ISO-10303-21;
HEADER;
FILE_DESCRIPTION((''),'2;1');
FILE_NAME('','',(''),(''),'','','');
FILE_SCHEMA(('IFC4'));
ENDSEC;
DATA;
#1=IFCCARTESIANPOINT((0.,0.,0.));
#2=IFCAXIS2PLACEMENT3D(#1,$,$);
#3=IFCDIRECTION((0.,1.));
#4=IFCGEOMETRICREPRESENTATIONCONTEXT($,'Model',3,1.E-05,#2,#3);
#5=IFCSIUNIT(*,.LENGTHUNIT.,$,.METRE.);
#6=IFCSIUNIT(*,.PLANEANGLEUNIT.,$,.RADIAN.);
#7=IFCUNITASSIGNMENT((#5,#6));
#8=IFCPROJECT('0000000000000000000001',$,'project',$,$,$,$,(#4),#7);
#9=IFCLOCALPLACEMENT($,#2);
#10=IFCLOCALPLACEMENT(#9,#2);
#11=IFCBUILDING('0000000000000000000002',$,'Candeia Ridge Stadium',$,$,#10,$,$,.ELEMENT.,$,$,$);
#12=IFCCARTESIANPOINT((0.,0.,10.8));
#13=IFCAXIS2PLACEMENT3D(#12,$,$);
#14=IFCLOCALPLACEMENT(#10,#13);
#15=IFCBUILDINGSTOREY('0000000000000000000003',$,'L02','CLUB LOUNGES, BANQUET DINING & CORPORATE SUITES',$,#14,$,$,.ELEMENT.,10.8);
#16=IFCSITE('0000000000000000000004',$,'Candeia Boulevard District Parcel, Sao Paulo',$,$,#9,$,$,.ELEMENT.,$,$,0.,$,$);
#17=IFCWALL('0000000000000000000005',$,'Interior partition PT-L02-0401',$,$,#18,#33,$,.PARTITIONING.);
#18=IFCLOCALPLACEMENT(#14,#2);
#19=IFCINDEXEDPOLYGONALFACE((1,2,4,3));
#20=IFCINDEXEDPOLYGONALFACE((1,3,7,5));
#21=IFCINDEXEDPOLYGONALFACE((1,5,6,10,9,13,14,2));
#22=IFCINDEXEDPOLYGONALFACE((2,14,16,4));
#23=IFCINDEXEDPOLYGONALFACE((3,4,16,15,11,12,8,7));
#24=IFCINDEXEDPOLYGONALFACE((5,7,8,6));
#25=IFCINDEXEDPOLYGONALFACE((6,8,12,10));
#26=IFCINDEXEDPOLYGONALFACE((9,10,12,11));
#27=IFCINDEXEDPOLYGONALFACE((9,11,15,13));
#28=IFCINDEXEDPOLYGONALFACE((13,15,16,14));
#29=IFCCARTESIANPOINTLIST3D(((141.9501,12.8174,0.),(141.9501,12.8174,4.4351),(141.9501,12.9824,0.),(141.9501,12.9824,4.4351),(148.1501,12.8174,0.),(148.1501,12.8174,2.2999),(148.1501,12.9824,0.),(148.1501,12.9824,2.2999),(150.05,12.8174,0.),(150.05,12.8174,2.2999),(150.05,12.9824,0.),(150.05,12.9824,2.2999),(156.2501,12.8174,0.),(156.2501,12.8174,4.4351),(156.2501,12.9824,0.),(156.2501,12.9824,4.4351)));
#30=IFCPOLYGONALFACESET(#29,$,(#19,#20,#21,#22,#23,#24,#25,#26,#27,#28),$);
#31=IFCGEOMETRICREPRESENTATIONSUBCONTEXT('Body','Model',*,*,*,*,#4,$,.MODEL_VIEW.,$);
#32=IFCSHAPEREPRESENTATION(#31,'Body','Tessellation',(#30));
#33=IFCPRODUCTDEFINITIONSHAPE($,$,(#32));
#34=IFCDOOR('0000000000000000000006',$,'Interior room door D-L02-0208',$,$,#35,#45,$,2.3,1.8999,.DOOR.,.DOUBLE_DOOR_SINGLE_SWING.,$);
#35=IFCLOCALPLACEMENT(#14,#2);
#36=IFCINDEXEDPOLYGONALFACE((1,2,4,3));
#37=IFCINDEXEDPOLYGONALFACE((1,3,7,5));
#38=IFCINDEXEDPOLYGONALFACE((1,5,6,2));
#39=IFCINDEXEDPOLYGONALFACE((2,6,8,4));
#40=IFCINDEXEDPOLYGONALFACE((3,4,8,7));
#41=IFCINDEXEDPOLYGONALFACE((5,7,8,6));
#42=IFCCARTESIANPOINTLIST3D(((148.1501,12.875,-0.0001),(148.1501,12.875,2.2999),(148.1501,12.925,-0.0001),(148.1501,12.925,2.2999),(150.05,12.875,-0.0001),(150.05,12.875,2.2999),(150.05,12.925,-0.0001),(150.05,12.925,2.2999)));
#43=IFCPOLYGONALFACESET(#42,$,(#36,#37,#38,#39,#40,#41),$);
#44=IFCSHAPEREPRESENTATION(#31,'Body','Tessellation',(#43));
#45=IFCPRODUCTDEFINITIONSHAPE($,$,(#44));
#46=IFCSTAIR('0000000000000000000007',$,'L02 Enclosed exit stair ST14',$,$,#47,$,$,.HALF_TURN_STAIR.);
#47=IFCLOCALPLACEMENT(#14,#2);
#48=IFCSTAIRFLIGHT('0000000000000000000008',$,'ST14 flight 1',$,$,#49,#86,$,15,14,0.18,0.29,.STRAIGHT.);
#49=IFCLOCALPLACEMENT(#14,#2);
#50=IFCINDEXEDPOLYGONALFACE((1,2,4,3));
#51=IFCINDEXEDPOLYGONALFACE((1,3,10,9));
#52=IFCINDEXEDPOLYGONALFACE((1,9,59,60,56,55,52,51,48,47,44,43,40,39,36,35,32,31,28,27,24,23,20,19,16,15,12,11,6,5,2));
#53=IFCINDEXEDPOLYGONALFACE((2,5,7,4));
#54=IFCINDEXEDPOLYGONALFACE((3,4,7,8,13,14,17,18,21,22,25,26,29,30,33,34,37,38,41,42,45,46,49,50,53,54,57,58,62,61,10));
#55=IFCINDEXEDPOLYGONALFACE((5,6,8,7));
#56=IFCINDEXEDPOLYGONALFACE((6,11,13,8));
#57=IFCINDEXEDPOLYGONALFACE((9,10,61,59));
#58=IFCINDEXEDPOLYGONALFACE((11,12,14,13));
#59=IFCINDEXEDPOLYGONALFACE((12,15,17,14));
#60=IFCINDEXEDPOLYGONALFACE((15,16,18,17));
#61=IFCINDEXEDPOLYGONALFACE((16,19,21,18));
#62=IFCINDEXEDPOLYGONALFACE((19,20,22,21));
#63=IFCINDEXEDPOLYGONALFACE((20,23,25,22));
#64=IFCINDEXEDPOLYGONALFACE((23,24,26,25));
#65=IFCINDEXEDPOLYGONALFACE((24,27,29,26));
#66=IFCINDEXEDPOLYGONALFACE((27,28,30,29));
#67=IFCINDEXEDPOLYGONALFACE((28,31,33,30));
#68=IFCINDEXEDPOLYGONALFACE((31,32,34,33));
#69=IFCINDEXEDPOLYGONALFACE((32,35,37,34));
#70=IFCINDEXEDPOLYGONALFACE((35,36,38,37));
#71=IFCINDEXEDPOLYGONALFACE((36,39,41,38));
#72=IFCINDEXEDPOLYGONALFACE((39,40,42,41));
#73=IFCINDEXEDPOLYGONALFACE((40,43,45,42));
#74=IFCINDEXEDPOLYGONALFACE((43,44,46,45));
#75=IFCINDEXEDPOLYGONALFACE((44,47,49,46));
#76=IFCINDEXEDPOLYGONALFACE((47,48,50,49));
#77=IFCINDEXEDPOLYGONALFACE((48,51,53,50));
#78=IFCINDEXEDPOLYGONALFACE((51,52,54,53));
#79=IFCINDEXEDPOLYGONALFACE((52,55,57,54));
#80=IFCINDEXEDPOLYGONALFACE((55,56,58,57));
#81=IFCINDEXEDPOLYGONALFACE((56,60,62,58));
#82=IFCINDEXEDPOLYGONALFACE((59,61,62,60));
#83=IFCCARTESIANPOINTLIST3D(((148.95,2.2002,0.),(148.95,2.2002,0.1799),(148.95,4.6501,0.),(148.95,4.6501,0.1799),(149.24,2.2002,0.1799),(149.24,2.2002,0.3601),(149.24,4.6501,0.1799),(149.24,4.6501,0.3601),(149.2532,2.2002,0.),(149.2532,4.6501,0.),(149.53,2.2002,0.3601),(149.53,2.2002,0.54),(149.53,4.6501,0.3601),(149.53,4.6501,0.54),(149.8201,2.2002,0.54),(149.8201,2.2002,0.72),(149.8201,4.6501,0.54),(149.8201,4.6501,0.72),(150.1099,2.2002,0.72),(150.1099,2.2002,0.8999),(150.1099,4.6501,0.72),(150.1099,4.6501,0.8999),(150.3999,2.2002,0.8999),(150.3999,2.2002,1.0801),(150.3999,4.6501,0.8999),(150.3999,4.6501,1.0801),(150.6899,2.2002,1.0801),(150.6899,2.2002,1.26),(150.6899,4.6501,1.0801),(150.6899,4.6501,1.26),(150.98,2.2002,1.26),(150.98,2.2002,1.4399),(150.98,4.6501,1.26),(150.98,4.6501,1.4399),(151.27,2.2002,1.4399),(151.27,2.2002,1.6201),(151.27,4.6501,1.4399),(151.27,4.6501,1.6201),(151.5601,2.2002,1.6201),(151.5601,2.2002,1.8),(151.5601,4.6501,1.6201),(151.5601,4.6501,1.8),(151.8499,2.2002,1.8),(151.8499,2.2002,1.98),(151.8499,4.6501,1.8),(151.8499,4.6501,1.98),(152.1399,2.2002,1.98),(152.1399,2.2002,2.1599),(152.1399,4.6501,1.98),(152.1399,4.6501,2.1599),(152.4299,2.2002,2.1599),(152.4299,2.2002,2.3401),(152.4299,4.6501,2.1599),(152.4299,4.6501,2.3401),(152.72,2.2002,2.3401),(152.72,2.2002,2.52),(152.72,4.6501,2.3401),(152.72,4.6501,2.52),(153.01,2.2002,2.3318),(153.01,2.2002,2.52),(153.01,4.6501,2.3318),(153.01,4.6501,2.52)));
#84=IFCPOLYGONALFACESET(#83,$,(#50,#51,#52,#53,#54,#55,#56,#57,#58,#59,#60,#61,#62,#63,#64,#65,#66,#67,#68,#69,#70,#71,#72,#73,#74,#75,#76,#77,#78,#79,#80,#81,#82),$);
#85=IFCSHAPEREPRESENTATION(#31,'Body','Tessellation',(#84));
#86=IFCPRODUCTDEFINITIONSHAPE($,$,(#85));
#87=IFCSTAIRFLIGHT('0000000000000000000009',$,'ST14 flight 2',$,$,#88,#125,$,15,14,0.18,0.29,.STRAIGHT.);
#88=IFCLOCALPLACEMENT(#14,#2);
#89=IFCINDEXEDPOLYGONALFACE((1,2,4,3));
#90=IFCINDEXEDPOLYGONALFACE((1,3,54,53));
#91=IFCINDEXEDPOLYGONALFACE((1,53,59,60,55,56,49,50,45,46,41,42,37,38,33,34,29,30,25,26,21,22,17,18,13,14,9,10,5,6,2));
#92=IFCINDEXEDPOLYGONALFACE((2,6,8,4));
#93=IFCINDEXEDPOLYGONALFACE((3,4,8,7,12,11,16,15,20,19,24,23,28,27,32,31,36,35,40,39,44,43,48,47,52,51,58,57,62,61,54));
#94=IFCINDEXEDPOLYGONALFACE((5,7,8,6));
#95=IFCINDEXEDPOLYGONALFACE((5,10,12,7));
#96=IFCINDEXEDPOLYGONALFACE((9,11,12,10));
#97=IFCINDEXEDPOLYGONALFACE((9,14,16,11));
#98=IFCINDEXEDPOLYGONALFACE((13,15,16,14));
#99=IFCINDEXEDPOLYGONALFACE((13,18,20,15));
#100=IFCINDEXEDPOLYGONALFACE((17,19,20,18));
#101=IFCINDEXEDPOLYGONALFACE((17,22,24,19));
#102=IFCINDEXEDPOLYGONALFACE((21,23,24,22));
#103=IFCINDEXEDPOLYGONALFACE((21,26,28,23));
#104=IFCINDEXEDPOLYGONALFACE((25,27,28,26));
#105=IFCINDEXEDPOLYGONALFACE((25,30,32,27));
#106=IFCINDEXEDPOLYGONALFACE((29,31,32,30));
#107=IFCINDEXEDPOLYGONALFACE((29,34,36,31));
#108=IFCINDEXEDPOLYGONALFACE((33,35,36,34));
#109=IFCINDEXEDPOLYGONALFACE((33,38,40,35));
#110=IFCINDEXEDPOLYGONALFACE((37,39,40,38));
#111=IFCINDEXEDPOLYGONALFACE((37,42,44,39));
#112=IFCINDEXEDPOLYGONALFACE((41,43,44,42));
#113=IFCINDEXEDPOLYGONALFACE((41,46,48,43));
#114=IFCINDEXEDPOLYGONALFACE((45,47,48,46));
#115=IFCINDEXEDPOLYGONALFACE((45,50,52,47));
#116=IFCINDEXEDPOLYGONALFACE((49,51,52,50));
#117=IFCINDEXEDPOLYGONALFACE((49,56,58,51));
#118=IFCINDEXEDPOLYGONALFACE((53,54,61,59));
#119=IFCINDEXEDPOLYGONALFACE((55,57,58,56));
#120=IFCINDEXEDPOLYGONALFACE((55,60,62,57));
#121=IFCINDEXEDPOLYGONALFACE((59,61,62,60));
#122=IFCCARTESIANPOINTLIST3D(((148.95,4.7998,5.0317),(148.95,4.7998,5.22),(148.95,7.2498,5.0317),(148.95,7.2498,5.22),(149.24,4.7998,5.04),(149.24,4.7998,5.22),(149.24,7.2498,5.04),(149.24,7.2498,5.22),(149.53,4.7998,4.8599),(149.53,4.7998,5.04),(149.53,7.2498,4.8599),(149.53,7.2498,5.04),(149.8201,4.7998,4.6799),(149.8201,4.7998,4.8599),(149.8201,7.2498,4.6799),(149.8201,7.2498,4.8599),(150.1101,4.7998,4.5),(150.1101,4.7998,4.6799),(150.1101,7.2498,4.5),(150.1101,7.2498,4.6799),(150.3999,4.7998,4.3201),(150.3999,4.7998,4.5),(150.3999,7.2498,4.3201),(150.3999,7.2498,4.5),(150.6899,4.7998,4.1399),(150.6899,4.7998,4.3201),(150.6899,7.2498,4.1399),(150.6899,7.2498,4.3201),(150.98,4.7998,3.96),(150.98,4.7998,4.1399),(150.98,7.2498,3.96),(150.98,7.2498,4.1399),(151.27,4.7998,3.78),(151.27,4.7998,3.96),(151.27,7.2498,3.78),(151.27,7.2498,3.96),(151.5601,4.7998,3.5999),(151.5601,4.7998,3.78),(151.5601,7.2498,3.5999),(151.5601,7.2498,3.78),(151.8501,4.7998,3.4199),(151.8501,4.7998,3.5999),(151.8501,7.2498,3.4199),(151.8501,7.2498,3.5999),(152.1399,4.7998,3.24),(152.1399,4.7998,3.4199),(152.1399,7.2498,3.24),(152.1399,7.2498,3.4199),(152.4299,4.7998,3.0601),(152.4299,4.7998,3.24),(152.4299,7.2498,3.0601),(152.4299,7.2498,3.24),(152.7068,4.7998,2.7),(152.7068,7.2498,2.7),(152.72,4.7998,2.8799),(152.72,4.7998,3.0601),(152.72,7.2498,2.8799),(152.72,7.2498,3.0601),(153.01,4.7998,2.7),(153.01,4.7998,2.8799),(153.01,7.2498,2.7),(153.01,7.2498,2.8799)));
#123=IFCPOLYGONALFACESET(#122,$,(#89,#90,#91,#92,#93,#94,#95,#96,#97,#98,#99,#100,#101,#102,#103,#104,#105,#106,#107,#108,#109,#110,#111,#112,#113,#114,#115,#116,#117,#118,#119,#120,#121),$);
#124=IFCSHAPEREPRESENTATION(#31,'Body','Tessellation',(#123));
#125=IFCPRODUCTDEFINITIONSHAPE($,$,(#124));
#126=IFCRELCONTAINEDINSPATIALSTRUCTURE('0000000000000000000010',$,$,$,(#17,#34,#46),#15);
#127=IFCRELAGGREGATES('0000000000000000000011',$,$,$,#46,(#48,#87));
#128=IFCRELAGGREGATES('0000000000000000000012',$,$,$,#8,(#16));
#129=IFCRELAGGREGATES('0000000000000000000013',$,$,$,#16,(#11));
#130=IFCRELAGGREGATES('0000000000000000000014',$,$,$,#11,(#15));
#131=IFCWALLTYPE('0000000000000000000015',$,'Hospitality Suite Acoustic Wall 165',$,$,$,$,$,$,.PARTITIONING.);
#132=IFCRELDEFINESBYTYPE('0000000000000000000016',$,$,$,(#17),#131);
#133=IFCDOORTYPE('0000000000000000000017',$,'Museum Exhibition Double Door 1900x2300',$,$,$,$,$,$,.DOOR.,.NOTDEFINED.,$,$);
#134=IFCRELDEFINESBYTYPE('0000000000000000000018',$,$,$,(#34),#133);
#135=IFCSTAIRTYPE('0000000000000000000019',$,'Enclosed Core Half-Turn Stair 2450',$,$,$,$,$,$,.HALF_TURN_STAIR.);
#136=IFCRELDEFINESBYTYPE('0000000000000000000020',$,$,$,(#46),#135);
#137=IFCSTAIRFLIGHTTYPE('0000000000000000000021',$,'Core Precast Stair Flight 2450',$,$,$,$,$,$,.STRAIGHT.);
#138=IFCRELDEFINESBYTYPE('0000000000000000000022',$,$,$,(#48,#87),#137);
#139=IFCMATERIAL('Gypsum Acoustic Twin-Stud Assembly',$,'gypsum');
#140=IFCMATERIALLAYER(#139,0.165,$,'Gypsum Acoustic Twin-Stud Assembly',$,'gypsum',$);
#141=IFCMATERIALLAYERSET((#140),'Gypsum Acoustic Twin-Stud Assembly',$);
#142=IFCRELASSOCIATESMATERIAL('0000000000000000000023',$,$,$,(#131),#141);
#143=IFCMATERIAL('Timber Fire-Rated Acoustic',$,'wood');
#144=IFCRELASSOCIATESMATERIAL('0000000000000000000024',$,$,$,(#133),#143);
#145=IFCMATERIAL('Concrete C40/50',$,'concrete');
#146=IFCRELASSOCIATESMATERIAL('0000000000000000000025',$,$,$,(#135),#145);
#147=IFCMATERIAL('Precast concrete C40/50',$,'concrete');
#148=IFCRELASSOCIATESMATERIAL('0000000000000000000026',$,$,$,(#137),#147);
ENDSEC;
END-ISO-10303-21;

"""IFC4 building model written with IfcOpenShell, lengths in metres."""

from ifc_helpers import new_model, si_unit, direction, frame, frame_2d, origin, place, context, subcontext, project, spatial, polyline, rectangle, outline, extrude, material, layer, layer_set, type_object, element, fill, aggregate, save


model = new_model("IFC4")

# Units and contexts
model_context = context("Model", 3, precision=1e-05, world=origin(), true_north=direction((0.0, 1.0)))
body_context = subcontext(model_context, "Body", "Model", "MODEL_VIEW")
ifc_project = project(units=[si_unit("LENGTHUNIT", "METRE"), si_unit("PLANEANGLEUNIT", "RADIAN")], contexts=[model_context])

# Site, building, storey
site_placement = place(None, origin())
site = spatial("IfcSite", under=ifc_project, at=site_placement, Name="Candeia Boulevard District Parcel, Sao Paulo", CompositionType="ELEMENT", RefElevation=0.0)
building_placement = place(site_placement, origin())
building = spatial("IfcBuilding", under=site, at=building_placement, Name="Candeia Ridge Stadium", CompositionType="ELEMENT")
storey_placement = place(building_placement, frame((0.0, 0.0, 10.8)))
storey = spatial("IfcBuildingStorey", under=building, at=storey_placement, Name="L02", Description="CLUB LOUNGES, BANQUET DINING & CORPORATE SUITES", CompositionType="ELEMENT", Elevation=10.8)

# Shared definitions
ifc_material_1 = material(Name="Concrete C40/50", Category="concrete")

# Wall, opening, door
ifc_material_2 = material(Name="Gypsum Acoustic Twin-Stud Assembly", Category="gypsum")
ifc_layer_1 = layer(ifc_material_2, 0.165, Name="Gypsum Acoustic Twin-Stud Assembly", Category="gypsum")
ifc_layer_set_1 = layer_set([ifc_layer_1], Name="Gypsum Acoustic Twin-Stud Assembly")
wall_type_1 = type_object("IfcWallType", Name="Hospitality Suite Acoustic Wall 165", PredefinedType="PARTITIONING", material=ifc_layer_set_1)
wall_1_placement = place(storey_placement, frame((156.25, 12.8999, 0.0), z_axis=(0.0, 0.0, 1.0), x_axis=(-1.0, 0.0, 0.0)))
wall_1 = element("IfcWall", 1, at=wall_1_placement, inside=storey, type_object=wall_type_1, Name="Interior partition PT-L02-0401", PredefinedType="PARTITIONING", context=body_context, shape_type="SweptSolid", body=[
    extrude(rectangle(XDim=14.3, YDim=0.165, at=frame_2d((7.1499, 0.0))), origin(), (0.0, 0.0, 1.0), 4.4351),
])
opening_1_placement = place(wall_1_placement, frame((6.2, 0.0, 0.0)))
opening_1 = element("IfcOpeningElement", 2, at=opening_1_placement, cuts=wall_1, PredefinedType="OPENING", context=body_context, shape_type="SweptSolid", body=[
    extrude(rectangle(XDim=1.8999, YDim=2.3, at=frame_2d((0.95, 1.1499))), frame((0.0, 0.0925, 0.0), z_axis=(0.0, -1.0, 0.0), x_axis=(1.0, 0.0, 0.0)), (0.0, 0.0, 1.0), 0.1851),
])
ifc_material_3 = material(Name="Timber Fire-Rated Acoustic", Category="wood")
door_type_1 = type_object("IfcDoorType", Name="Museum Exhibition Double Door 1900x2300", OperationType="NOTDEFINED", PredefinedType="DOOR", material=ifc_material_3)
door_1_placement = place(opening_1_placement, origin())
door_1 = element("IfcDoor", 3, at=door_1_placement, inside=storey, type_object=door_type_1, Name="Interior room door D-L02-0208", OperationType="DOUBLE_DOOR_SINGLE_SWING", OverallHeight=2.3, OverallWidth=1.8999, PredefinedType="DOOR", context=body_context, shape_type="SweptSolid", body=[
    extrude(rectangle(XDim=1.8999, YDim=2.3, at=frame_2d((0.95, 1.1499))), frame((0.0, 0.0249, 0.0), z_axis=(0.0, -1.0, 0.0), x_axis=(1.0, 0.0, 0.0)), (0.0, 0.0, 1.0), 0.05),
])
fill(opening_1, door_1)

# Stair, stair flights
stair_type = type_object("IfcStairType", Name="Enclosed Core Half-Turn Stair 2450", PredefinedType="HALF_TURN_STAIR", material=ifc_material_1)
stair_placement = place(storey_placement, origin())
stair = element("IfcStair", 4, at=stair_placement, inside=storey, type_object=stair_type, Name="L02 Enclosed exit stair ST14", PredefinedType="HALF_TURN_STAIR")
ifc_material_4 = material(Name="Precast concrete C40/50", Category="concrete")
stair_flight_type = type_object("IfcStairFlightType", Name="Core Precast Stair Flight 2450", PredefinedType="STRAIGHT", material=ifc_material_4)
stair_flight_1_placement = place(storey_placement, frame((148.95, 3.425, 0.0), z_axis=(0.0, 0.0, 1.0), x_axis=(1.0, 0.0, 0.0)))
stair_flight_1 = element("IfcStairFlight", 5, at=stair_flight_1_placement, type_object=stair_flight_type, Name="ST14 flight 1", NumberOfRisers=15, NumberOfTreads=14, PredefinedType="STRAIGHT", RiserHeight=0.18, TreadLength=0.29, context=body_context, shape_type="SweptSolid", body=[
    extrude(outline(polyline([(0.0, 0.0), (0.0, 0.1799), (0.29, 0.1799), (0.29, 0.3601), (0.5801, 0.3601), (0.5801, 0.54), (0.8701, 0.54), (0.8701, 0.72), (1.1599, 0.72), (1.1599, 0.8999), (1.45, 0.8999), (1.45, 1.0801), (1.74, 1.0801), (1.74, 1.26), (2.03, 1.26), (2.03, 1.4399), (2.3201, 1.4399), (2.3201, 1.6201), (2.6101, 1.6201), (2.6101, 1.8), (2.8999, 1.8), (2.8999, 1.98), (3.1899, 1.98), (3.1899, 2.1599), (3.48, 2.1599), (3.48, 2.3401), (3.77, 2.3401), (3.77, 2.52), (4.0601, 2.52), (4.0601, 2.7), (4.0601, 2.3318), (0.3032, 0.0), (0.0, 0.0)])), frame((0.0, 1.2251, 0.0), z_axis=(0.0, -1.0, 0.0), x_axis=(1.0, 0.0, 0.0)), (0.0, 0.0, 1.0), 2.45),
])
stair_flight_2_placement = place(storey_placement, frame((153.01, 6.0249, 2.7), z_axis=(0.0, 0.0, 1.0), x_axis=(-1.0, 0.0, 0.0)))
stair_flight_2 = element("IfcStairFlight", 6, at=stair_flight_2_placement, type_object=stair_flight_type, Name="ST14 flight 2", NumberOfRisers=15, NumberOfTreads=14, PredefinedType="STRAIGHT", RiserHeight=0.18, TreadLength=0.29, context=body_context, shape_type="SweptSolid", body=[
    extrude(outline(polyline([(0.0, 0.0), (0.0, 0.1799), (0.29, 0.1799), (0.29, 0.3601), (0.5801, 0.3601), (0.5801, 0.54), (0.8701, 0.54), (0.8701, 0.72), (1.1599, 0.72), (1.1599, 0.8999), (1.45, 0.8999), (1.45, 1.0801), (1.74, 1.0801), (1.74, 1.26), (2.03, 1.26), (2.03, 1.4399), (2.3201, 1.4399), (2.3201, 1.6201), (2.6101, 1.6201), (2.6101, 1.8), (2.8999, 1.8), (2.8999, 1.98), (3.1899, 1.98), (3.1899, 2.1599), (3.48, 2.1599), (3.48, 2.3401), (3.77, 2.3401), (3.77, 2.52), (4.0601, 2.52), (4.0601, 2.7), (4.0601, 2.3318), (0.3032, 0.0), (0.0, 0.0)])), frame((0.0, 1.2251, 0.0), z_axis=(0.0, -1.0, 0.0), x_axis=(1.0, 0.0, 0.0)), (0.0, 0.0, 1.0), 2.45),
])
aggregate(stair, [stair_flight_1, stair_flight_2])

save(model, "model.ifc")
